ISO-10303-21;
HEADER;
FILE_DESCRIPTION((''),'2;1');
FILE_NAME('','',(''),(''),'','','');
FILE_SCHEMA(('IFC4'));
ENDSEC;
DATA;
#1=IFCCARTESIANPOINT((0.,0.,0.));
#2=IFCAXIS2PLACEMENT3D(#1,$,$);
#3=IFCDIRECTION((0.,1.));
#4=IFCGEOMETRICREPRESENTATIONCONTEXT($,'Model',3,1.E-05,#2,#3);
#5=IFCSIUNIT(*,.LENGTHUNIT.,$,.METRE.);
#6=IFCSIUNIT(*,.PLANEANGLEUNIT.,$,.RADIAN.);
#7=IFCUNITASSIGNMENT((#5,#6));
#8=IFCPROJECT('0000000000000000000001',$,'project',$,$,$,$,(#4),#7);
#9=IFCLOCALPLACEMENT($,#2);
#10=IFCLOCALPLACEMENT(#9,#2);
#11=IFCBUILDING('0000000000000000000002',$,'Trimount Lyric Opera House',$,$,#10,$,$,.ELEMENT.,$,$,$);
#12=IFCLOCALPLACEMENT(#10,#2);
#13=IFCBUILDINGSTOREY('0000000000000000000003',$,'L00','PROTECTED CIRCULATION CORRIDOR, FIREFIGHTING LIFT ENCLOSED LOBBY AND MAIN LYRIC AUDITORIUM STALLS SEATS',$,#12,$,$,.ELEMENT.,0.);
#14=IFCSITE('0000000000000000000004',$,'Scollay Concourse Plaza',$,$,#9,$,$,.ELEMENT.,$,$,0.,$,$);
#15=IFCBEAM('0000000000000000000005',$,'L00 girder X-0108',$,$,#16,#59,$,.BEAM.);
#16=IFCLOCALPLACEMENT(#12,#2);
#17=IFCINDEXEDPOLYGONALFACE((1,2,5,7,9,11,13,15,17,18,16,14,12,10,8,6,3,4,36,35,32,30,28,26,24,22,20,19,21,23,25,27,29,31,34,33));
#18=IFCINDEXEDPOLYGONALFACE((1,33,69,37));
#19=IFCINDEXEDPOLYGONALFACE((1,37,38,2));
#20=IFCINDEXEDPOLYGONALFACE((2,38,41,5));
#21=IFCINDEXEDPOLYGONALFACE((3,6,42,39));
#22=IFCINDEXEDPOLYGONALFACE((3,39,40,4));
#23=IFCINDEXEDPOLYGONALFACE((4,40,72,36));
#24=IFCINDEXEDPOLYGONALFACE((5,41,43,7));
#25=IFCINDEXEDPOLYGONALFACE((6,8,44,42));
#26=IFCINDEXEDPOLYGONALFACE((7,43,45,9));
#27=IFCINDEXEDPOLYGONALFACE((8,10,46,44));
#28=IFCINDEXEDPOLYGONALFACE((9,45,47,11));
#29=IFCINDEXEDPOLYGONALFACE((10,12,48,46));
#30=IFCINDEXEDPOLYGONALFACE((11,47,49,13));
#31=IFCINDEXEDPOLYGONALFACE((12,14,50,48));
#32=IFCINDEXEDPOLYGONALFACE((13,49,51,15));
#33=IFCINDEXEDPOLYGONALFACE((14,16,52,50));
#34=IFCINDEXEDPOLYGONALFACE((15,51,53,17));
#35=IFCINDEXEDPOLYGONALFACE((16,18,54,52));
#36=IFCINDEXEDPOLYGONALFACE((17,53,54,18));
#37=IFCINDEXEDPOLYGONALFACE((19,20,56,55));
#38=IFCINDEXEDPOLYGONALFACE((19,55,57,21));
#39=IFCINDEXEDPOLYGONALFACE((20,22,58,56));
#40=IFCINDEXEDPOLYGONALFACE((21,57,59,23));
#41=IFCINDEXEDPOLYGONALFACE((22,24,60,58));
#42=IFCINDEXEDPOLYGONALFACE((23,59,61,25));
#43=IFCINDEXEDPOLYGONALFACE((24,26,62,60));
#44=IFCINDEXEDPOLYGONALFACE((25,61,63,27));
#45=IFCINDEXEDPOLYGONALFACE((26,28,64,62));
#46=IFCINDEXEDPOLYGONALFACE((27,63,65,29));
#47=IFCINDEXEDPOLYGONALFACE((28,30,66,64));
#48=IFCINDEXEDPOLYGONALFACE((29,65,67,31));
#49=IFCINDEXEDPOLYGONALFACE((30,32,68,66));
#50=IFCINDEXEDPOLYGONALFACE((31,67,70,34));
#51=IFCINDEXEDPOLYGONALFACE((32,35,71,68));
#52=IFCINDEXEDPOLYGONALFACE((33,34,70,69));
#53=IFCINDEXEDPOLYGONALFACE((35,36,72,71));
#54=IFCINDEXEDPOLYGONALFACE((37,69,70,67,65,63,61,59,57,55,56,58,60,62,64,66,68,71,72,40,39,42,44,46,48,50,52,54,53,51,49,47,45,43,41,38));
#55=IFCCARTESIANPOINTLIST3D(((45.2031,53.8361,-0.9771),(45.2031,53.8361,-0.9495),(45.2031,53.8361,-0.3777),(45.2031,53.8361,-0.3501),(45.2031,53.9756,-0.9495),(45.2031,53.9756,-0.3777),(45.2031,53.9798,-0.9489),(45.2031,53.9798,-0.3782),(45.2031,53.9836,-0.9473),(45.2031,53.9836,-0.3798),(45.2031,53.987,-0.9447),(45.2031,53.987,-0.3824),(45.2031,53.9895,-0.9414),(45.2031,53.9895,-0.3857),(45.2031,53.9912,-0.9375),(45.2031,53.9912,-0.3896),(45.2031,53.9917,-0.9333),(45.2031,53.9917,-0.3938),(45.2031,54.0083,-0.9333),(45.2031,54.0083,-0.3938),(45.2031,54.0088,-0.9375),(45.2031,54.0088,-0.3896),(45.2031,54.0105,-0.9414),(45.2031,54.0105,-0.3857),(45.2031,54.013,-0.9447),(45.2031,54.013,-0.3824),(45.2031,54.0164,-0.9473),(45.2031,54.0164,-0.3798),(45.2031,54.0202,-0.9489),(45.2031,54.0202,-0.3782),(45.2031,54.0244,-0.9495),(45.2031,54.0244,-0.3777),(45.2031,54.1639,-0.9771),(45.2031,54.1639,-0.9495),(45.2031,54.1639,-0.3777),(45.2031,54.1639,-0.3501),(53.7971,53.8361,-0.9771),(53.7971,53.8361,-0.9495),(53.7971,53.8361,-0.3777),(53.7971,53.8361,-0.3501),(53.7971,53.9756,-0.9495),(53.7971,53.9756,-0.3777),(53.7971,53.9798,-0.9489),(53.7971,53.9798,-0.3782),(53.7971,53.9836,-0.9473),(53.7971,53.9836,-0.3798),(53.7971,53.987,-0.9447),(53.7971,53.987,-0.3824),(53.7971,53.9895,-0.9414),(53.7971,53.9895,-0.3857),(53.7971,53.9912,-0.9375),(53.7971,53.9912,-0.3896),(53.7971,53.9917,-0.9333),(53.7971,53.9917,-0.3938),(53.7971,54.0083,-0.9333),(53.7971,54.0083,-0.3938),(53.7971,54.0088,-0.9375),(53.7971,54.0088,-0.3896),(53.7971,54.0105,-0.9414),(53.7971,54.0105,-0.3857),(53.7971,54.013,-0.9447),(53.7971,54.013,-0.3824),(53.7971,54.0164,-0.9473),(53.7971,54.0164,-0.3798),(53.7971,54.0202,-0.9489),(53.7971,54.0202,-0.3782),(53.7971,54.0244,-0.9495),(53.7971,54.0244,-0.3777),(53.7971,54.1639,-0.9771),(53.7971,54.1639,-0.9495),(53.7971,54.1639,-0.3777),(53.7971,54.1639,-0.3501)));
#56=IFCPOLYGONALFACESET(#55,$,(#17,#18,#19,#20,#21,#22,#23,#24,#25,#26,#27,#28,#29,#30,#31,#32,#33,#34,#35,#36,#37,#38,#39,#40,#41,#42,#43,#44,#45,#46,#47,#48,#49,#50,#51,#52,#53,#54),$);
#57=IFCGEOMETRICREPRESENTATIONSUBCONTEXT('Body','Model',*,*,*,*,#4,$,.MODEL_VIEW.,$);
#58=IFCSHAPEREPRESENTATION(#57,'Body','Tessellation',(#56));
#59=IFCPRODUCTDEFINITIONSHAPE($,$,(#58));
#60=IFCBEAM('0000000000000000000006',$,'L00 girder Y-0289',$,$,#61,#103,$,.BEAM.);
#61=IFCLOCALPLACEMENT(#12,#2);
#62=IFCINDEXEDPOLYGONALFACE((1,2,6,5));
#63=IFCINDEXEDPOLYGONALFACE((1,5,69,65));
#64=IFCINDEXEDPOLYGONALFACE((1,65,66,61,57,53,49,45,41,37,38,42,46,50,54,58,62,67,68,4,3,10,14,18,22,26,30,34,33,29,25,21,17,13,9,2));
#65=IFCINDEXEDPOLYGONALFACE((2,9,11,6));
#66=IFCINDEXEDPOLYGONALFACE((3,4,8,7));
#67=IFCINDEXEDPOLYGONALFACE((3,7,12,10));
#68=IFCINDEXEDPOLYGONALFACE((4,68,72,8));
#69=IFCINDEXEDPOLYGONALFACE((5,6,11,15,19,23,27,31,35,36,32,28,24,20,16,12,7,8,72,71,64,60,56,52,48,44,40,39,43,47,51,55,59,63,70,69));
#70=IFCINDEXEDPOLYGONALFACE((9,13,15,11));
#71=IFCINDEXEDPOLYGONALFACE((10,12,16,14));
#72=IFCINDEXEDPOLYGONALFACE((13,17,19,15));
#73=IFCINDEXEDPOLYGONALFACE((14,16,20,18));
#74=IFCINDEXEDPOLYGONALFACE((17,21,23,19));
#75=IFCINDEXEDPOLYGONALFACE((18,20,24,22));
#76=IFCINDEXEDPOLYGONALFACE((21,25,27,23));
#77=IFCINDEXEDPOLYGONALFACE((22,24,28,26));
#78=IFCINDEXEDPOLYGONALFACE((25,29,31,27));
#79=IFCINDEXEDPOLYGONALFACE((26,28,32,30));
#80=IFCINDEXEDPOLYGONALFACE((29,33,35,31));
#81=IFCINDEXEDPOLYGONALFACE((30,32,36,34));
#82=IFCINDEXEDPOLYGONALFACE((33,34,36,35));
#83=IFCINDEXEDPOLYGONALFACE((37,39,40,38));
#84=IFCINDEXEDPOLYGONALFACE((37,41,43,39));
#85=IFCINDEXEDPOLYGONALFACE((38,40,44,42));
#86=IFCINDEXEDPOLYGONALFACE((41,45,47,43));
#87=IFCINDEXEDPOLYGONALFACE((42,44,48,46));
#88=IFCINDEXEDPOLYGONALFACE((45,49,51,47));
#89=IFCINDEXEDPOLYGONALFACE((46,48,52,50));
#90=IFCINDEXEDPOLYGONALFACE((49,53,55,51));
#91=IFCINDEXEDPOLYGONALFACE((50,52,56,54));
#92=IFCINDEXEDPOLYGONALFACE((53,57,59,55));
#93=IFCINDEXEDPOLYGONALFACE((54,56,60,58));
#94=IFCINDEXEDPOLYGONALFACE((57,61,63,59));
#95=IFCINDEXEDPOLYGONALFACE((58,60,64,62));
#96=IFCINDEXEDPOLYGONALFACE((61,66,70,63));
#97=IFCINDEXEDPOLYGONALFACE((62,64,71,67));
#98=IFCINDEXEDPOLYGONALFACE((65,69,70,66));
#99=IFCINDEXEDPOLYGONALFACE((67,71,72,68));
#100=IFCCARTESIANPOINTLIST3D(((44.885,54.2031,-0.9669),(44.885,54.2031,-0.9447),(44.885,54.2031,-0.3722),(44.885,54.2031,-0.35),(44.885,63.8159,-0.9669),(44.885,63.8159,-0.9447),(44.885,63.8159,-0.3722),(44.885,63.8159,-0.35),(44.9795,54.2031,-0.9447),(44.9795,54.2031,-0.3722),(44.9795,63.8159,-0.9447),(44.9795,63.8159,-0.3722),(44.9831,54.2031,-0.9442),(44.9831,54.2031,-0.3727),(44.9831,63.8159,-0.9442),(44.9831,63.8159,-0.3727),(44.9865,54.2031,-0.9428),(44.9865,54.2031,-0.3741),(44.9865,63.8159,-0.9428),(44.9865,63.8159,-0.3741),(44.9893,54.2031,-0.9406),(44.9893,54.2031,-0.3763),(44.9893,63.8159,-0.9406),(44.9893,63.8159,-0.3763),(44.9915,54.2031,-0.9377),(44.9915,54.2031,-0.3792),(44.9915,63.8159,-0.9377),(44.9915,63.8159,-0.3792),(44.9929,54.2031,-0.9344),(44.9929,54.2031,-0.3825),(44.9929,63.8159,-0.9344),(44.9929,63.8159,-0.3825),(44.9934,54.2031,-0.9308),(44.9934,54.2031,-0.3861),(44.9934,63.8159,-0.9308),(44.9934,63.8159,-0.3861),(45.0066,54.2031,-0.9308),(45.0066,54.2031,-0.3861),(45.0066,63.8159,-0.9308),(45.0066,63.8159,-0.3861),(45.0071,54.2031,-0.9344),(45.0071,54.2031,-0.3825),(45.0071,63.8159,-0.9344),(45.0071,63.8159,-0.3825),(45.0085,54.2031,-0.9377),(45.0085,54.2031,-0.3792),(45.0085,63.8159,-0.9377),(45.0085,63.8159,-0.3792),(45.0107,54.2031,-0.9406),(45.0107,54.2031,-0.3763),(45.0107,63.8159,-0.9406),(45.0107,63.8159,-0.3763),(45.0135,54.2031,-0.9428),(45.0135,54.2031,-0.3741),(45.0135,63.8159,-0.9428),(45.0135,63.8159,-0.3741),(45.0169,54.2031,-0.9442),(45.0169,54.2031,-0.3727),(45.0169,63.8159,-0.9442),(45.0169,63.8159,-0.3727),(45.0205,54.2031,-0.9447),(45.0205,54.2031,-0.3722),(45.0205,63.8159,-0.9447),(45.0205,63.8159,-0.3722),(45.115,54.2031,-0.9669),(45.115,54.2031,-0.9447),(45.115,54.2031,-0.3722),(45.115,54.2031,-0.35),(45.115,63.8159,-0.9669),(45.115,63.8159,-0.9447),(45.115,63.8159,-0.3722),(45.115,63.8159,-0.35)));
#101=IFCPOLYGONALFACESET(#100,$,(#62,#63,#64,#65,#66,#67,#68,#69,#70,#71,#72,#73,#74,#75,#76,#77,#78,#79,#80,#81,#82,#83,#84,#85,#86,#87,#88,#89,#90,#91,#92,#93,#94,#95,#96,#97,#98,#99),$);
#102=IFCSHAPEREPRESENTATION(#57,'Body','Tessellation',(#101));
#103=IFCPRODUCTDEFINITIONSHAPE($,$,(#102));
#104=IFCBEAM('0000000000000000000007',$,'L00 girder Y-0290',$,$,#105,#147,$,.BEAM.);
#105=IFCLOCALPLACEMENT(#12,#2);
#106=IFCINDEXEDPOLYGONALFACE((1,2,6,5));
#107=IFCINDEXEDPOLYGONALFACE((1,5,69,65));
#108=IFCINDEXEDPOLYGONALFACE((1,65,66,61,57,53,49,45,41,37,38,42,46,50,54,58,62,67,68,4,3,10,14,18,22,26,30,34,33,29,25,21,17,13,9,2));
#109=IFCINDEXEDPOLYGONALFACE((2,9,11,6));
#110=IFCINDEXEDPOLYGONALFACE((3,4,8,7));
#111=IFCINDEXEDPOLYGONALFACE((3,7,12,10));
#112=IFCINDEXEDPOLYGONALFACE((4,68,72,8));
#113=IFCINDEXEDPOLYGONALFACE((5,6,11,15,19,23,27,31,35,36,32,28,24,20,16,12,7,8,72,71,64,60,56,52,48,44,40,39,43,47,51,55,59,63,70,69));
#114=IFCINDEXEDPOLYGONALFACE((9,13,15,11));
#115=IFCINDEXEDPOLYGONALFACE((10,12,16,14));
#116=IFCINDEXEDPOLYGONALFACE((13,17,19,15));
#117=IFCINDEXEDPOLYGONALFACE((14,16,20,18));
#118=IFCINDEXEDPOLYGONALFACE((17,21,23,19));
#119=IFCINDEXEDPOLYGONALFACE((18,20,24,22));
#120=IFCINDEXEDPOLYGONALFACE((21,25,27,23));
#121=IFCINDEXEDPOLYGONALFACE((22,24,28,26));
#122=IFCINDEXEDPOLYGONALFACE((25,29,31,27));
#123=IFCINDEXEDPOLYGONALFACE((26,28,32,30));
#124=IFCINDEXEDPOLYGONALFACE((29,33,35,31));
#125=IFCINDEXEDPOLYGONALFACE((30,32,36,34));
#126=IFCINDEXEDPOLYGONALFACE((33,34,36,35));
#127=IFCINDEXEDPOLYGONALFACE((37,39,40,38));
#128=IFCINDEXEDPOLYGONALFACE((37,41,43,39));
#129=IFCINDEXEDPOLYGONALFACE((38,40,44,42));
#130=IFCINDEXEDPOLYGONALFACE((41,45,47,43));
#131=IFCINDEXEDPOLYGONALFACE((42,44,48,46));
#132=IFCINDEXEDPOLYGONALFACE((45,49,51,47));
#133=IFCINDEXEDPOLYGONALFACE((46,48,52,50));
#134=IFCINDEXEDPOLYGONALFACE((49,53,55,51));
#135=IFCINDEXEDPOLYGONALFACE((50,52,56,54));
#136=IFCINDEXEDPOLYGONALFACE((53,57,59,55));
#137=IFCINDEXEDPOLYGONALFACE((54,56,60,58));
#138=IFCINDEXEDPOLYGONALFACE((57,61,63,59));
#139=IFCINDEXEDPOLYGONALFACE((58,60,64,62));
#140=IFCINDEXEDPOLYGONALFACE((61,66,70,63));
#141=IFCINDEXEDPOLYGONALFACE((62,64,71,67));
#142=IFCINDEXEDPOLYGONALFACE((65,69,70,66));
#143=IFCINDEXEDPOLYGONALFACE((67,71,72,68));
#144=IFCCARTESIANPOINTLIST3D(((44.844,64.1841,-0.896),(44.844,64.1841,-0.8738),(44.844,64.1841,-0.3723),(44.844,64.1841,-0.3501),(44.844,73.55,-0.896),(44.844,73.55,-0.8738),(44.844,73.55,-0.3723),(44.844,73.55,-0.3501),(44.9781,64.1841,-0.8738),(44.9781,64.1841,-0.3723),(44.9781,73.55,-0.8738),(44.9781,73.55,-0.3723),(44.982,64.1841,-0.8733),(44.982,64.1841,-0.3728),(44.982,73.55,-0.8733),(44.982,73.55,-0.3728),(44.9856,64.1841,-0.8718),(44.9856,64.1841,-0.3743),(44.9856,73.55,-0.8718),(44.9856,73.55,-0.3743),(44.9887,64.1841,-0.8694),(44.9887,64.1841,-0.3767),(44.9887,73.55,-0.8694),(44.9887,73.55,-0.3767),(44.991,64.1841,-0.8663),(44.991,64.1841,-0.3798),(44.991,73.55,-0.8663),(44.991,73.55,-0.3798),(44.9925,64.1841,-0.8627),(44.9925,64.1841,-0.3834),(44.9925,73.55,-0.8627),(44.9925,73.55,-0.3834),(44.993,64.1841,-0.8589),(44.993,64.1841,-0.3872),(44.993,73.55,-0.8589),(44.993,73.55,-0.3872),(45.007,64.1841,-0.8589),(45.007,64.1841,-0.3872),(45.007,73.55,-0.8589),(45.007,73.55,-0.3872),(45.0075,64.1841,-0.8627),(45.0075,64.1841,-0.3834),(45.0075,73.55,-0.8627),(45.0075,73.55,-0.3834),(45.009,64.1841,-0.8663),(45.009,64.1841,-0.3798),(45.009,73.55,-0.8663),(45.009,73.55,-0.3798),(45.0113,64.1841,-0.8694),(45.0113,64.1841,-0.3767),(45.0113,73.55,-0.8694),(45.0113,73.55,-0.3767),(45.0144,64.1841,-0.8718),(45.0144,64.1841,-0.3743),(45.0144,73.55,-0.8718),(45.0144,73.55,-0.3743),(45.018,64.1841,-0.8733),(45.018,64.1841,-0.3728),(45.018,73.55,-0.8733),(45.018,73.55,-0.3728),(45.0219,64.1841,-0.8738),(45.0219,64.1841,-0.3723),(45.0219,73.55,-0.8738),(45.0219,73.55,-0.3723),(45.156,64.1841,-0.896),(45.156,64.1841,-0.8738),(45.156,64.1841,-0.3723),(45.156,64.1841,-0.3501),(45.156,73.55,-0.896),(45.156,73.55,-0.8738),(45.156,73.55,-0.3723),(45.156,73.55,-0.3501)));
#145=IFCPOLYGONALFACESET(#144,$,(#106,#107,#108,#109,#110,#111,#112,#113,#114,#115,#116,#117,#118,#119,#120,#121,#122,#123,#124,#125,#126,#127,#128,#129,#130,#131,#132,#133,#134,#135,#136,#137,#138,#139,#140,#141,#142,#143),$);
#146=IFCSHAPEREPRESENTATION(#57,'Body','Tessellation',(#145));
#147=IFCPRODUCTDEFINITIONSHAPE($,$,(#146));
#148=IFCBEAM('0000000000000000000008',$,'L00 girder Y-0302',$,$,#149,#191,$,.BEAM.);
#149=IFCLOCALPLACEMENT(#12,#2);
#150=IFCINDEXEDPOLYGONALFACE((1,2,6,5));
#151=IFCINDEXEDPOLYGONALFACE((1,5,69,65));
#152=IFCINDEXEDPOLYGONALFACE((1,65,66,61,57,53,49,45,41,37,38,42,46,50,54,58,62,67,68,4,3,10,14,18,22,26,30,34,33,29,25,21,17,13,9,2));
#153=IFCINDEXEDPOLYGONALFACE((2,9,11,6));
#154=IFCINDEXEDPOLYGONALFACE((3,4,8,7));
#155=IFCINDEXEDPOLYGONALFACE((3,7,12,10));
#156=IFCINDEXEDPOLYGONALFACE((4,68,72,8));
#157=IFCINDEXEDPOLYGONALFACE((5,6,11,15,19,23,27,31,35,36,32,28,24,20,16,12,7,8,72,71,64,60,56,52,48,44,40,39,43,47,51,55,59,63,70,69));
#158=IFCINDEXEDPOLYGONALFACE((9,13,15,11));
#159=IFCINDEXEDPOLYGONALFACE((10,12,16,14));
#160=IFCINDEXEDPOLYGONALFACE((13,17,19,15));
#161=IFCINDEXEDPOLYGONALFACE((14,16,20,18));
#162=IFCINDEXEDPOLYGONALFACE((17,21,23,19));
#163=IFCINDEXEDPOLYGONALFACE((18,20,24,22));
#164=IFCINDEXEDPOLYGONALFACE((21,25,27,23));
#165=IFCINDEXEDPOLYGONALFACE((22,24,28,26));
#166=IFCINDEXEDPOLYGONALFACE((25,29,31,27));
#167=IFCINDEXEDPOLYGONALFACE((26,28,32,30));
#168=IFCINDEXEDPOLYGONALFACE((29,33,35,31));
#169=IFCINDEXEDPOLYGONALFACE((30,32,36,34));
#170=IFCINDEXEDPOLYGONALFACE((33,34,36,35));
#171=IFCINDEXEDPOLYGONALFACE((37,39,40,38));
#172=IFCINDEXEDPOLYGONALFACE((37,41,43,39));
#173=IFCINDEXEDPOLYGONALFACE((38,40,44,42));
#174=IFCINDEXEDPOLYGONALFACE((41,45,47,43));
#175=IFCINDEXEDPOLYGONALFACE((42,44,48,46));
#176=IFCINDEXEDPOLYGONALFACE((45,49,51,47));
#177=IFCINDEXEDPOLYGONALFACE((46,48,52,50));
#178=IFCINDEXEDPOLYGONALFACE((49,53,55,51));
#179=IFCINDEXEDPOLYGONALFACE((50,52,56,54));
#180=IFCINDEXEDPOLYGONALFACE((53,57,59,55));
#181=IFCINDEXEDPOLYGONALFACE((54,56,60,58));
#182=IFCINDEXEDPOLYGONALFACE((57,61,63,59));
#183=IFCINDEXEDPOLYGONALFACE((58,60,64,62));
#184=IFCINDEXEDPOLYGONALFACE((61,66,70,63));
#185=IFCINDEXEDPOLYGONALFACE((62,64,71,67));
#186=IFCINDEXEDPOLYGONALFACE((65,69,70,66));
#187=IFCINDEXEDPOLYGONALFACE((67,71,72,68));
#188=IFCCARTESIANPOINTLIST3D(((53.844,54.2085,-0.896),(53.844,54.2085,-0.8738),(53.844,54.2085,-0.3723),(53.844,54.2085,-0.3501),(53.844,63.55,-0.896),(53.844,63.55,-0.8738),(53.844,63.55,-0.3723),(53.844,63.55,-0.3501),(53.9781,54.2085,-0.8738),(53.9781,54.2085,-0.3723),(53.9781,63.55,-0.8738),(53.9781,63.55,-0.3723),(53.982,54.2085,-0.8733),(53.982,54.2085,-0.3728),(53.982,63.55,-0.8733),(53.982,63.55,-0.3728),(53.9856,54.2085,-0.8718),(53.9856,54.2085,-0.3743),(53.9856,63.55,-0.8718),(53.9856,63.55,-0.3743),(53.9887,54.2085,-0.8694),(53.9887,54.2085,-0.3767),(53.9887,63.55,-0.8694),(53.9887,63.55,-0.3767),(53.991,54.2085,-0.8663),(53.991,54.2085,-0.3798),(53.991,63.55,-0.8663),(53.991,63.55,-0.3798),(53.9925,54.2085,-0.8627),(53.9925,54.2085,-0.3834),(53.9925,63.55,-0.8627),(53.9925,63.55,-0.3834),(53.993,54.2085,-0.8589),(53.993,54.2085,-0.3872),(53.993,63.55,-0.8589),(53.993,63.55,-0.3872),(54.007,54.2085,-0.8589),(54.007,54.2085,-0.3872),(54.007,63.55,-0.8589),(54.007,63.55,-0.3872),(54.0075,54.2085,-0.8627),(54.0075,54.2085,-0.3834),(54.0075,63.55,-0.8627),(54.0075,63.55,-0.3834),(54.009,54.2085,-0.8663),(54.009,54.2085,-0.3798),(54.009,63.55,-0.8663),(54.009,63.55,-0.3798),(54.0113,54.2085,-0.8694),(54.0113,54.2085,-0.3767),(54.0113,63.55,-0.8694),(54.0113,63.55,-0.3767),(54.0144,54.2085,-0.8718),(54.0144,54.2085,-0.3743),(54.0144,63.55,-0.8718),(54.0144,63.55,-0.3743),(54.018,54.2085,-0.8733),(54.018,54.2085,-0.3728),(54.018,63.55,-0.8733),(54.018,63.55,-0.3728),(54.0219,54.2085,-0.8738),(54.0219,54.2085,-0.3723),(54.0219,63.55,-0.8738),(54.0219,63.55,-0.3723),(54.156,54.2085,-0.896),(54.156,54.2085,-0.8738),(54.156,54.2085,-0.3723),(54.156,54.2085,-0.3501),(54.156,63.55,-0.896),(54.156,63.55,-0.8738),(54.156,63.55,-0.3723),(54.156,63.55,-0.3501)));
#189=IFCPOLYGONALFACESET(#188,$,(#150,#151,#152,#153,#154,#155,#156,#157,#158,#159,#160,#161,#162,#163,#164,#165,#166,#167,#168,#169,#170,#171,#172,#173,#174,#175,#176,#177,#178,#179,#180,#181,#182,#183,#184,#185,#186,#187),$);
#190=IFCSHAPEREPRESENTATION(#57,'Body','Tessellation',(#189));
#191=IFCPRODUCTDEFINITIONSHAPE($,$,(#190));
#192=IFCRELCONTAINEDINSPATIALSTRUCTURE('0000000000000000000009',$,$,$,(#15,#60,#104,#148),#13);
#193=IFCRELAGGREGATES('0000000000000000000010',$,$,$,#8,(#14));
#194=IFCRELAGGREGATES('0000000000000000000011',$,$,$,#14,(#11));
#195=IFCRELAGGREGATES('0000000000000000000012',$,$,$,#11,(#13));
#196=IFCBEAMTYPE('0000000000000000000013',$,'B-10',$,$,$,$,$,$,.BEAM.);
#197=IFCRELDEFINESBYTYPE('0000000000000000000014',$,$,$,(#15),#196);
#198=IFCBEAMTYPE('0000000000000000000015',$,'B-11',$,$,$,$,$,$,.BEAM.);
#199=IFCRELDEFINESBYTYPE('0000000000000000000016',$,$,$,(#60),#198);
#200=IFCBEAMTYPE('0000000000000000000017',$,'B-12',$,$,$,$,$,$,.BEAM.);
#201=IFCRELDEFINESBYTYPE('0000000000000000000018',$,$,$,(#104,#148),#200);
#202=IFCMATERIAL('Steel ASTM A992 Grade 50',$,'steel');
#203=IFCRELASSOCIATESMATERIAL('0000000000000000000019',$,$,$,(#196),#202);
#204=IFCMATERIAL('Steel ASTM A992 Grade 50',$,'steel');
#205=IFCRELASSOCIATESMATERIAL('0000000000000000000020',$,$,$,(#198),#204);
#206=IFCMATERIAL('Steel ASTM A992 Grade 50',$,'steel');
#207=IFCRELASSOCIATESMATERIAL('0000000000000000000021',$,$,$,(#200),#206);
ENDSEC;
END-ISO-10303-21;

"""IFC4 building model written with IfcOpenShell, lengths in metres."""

from ifc_helpers import new_model, si_unit, direction, frame, origin, origin_2d, place, context, subcontext, project, spatial, i_section, extrude, material, material_profile, profile_set, type_object, element, save


model = new_model("IFC4")

# Units and contexts
model_context = context("Model", 3, precision=1e-05, world=origin(), true_north=direction((0.0, 1.0)))
body_context = subcontext(model_context, "Body", "Model", "MODEL_VIEW")
ifc_project = project(units=[si_unit("LENGTHUNIT", "METRE"), si_unit("PLANEANGLEUNIT", "RADIAN")], contexts=[model_context])

# Site, building, storey
site_placement = place(None, origin())
site = spatial("IfcSite", under=ifc_project, at=site_placement, Name="Scollay Concourse Plaza", CompositionType="ELEMENT", RefElevation=0.0)
building_placement = place(site_placement, origin())
building = spatial("IfcBuilding", under=site, at=building_placement, Name="Trimount Lyric Opera House", CompositionType="ELEMENT")
storey_placement = place(building_placement, origin())
storey = spatial("IfcBuildingStorey", under=building, at=storey_placement, Name="L00", Description="PROTECTED CIRCULATION CORRIDOR, FIREFIGHTING LIFT ENCLOSED LOBBY AND MAIN LYRIC AUDITORIUM STALLS SEATS", CompositionType="ELEMENT", Elevation=0.0)

# Beams
ifc_material_1 = material(Name="Steel ASTM A992 Grade 50", Category="steel")
ifc_material_profile_1 = material_profile(ifc_material_1, i_section(OverallWidth=0.3279, OverallDepth=0.627, WebThickness=0.0166, FlangeThickness=0.0276, FilletRadius=0.0161, at=origin_2d()), Name="W24X146")
ifc_profile_set_1 = profile_set([ifc_material_profile_1], Name="Steel ASTM A992 Grade 50")
beam_type_1 = type_object("IfcBeamType", Name="B-10", PredefinedType="BEAM", material=ifc_profile_set_1)
beam_1_placement = place(storey_placement, frame((45.2031, 54.0, -0.6636), z_axis=(1.0, 0.0, 0.0), x_axis=(0.0, 1.0, 0.0)))
element("IfcBeam", 1, at=beam_1_placement, inside=storey, type_object=beam_type_1, Name="L00 girder X-0108", PredefinedType="BEAM", context=body_context, shape_type="SweptSolid", body=[
    extrude(i_section(OverallWidth=0.3279, OverallDepth=0.627, WebThickness=0.0166, FlangeThickness=0.0276, FilletRadius=0.0161, at=origin_2d()), origin(), (0.0, 0.0, 1.0), 8.594),
])
ifc_material_2 = material(Name="Steel ASTM A992 Grade 50", Category="steel")
ifc_material_profile_2 = material_profile(ifc_material_2, i_section(OverallWidth=0.23, OverallDepth=0.6169, WebThickness=0.0132, FlangeThickness=0.0222, FilletRadius=0.0139, at=origin_2d()), Name="W24X94")
ifc_profile_set_2 = profile_set([ifc_material_profile_2], Name="Steel ASTM A992 Grade 50")
beam_type_2 = type_object("IfcBeamType", Name="B-11", PredefinedType="BEAM", material=ifc_profile_set_2)
beam_2_placement = place(storey_placement, frame((45.0, 54.2031, -0.6584), z_axis=(0.0, 1.0, 0.0), x_axis=(-1.0, 0.0, 0.0)))
element("IfcBeam", 2, at=beam_2_placement, inside=storey, type_object=beam_type_2, Name="L00 girder Y-0289", PredefinedType="BEAM", context=body_context, shape_type="SweptSolid", body=[
    extrude(i_section(OverallWidth=0.23, OverallDepth=0.6169, WebThickness=0.0132, FlangeThickness=0.0222, FilletRadius=0.0139, at=origin_2d()), origin(), (0.0, 0.0, 1.0), 9.6128),
])
ifc_material_3 = material(Name="Steel ASTM A992 Grade 50", Category="steel")
ifc_material_profile_3 = material_profile(ifc_material_3, i_section(OverallWidth=0.312, OverallDepth=0.5459, WebThickness=0.0139, FlangeThickness=0.0222, FilletRadius=0.0149, at=origin_2d()), Name="W21X111")
ifc_profile_set_3 = profile_set([ifc_material_profile_3], Name="Steel ASTM A992 Grade 50")
beam_type_3 = type_object("IfcBeamType", Name="B-12", PredefinedType="BEAM", material=ifc_profile_set_3)
beam_3_placement = place(storey_placement, frame((45.0, 64.1841, -0.623), z_axis=(0.0, 1.0, 0.0), x_axis=(-1.0, 0.0, 0.0)))
element("IfcBeam", 3, at=beam_3_placement, inside=storey, type_object=beam_type_3, Name="L00 girder Y-0290", PredefinedType="BEAM", context=body_context, shape_type="SweptSolid", body=[
    extrude(i_section(OverallWidth=0.312, OverallDepth=0.5459, WebThickness=0.0139, FlangeThickness=0.0222, FilletRadius=0.0149, at=origin_2d()), origin(), (0.0, 0.0, 1.0), 9.366),
])
beam_4_placement = place(storey_placement, frame((54.0, 54.2085, -0.623), z_axis=(0.0, 1.0, 0.0), x_axis=(-1.0, 0.0, 0.0)))
element("IfcBeam", 4, at=beam_4_placement, inside=storey, type_object=beam_type_3, Name="L00 girder Y-0302", PredefinedType="BEAM", context=body_context, shape_type="SweptSolid", body=[
    extrude(i_section(OverallWidth=0.312, OverallDepth=0.5459, WebThickness=0.0139, FlangeThickness=0.0222, FilletRadius=0.0149, at=origin_2d()), origin(), (0.0, 0.0, 1.0), 9.3416),
])

save(model, "model.ifc")
